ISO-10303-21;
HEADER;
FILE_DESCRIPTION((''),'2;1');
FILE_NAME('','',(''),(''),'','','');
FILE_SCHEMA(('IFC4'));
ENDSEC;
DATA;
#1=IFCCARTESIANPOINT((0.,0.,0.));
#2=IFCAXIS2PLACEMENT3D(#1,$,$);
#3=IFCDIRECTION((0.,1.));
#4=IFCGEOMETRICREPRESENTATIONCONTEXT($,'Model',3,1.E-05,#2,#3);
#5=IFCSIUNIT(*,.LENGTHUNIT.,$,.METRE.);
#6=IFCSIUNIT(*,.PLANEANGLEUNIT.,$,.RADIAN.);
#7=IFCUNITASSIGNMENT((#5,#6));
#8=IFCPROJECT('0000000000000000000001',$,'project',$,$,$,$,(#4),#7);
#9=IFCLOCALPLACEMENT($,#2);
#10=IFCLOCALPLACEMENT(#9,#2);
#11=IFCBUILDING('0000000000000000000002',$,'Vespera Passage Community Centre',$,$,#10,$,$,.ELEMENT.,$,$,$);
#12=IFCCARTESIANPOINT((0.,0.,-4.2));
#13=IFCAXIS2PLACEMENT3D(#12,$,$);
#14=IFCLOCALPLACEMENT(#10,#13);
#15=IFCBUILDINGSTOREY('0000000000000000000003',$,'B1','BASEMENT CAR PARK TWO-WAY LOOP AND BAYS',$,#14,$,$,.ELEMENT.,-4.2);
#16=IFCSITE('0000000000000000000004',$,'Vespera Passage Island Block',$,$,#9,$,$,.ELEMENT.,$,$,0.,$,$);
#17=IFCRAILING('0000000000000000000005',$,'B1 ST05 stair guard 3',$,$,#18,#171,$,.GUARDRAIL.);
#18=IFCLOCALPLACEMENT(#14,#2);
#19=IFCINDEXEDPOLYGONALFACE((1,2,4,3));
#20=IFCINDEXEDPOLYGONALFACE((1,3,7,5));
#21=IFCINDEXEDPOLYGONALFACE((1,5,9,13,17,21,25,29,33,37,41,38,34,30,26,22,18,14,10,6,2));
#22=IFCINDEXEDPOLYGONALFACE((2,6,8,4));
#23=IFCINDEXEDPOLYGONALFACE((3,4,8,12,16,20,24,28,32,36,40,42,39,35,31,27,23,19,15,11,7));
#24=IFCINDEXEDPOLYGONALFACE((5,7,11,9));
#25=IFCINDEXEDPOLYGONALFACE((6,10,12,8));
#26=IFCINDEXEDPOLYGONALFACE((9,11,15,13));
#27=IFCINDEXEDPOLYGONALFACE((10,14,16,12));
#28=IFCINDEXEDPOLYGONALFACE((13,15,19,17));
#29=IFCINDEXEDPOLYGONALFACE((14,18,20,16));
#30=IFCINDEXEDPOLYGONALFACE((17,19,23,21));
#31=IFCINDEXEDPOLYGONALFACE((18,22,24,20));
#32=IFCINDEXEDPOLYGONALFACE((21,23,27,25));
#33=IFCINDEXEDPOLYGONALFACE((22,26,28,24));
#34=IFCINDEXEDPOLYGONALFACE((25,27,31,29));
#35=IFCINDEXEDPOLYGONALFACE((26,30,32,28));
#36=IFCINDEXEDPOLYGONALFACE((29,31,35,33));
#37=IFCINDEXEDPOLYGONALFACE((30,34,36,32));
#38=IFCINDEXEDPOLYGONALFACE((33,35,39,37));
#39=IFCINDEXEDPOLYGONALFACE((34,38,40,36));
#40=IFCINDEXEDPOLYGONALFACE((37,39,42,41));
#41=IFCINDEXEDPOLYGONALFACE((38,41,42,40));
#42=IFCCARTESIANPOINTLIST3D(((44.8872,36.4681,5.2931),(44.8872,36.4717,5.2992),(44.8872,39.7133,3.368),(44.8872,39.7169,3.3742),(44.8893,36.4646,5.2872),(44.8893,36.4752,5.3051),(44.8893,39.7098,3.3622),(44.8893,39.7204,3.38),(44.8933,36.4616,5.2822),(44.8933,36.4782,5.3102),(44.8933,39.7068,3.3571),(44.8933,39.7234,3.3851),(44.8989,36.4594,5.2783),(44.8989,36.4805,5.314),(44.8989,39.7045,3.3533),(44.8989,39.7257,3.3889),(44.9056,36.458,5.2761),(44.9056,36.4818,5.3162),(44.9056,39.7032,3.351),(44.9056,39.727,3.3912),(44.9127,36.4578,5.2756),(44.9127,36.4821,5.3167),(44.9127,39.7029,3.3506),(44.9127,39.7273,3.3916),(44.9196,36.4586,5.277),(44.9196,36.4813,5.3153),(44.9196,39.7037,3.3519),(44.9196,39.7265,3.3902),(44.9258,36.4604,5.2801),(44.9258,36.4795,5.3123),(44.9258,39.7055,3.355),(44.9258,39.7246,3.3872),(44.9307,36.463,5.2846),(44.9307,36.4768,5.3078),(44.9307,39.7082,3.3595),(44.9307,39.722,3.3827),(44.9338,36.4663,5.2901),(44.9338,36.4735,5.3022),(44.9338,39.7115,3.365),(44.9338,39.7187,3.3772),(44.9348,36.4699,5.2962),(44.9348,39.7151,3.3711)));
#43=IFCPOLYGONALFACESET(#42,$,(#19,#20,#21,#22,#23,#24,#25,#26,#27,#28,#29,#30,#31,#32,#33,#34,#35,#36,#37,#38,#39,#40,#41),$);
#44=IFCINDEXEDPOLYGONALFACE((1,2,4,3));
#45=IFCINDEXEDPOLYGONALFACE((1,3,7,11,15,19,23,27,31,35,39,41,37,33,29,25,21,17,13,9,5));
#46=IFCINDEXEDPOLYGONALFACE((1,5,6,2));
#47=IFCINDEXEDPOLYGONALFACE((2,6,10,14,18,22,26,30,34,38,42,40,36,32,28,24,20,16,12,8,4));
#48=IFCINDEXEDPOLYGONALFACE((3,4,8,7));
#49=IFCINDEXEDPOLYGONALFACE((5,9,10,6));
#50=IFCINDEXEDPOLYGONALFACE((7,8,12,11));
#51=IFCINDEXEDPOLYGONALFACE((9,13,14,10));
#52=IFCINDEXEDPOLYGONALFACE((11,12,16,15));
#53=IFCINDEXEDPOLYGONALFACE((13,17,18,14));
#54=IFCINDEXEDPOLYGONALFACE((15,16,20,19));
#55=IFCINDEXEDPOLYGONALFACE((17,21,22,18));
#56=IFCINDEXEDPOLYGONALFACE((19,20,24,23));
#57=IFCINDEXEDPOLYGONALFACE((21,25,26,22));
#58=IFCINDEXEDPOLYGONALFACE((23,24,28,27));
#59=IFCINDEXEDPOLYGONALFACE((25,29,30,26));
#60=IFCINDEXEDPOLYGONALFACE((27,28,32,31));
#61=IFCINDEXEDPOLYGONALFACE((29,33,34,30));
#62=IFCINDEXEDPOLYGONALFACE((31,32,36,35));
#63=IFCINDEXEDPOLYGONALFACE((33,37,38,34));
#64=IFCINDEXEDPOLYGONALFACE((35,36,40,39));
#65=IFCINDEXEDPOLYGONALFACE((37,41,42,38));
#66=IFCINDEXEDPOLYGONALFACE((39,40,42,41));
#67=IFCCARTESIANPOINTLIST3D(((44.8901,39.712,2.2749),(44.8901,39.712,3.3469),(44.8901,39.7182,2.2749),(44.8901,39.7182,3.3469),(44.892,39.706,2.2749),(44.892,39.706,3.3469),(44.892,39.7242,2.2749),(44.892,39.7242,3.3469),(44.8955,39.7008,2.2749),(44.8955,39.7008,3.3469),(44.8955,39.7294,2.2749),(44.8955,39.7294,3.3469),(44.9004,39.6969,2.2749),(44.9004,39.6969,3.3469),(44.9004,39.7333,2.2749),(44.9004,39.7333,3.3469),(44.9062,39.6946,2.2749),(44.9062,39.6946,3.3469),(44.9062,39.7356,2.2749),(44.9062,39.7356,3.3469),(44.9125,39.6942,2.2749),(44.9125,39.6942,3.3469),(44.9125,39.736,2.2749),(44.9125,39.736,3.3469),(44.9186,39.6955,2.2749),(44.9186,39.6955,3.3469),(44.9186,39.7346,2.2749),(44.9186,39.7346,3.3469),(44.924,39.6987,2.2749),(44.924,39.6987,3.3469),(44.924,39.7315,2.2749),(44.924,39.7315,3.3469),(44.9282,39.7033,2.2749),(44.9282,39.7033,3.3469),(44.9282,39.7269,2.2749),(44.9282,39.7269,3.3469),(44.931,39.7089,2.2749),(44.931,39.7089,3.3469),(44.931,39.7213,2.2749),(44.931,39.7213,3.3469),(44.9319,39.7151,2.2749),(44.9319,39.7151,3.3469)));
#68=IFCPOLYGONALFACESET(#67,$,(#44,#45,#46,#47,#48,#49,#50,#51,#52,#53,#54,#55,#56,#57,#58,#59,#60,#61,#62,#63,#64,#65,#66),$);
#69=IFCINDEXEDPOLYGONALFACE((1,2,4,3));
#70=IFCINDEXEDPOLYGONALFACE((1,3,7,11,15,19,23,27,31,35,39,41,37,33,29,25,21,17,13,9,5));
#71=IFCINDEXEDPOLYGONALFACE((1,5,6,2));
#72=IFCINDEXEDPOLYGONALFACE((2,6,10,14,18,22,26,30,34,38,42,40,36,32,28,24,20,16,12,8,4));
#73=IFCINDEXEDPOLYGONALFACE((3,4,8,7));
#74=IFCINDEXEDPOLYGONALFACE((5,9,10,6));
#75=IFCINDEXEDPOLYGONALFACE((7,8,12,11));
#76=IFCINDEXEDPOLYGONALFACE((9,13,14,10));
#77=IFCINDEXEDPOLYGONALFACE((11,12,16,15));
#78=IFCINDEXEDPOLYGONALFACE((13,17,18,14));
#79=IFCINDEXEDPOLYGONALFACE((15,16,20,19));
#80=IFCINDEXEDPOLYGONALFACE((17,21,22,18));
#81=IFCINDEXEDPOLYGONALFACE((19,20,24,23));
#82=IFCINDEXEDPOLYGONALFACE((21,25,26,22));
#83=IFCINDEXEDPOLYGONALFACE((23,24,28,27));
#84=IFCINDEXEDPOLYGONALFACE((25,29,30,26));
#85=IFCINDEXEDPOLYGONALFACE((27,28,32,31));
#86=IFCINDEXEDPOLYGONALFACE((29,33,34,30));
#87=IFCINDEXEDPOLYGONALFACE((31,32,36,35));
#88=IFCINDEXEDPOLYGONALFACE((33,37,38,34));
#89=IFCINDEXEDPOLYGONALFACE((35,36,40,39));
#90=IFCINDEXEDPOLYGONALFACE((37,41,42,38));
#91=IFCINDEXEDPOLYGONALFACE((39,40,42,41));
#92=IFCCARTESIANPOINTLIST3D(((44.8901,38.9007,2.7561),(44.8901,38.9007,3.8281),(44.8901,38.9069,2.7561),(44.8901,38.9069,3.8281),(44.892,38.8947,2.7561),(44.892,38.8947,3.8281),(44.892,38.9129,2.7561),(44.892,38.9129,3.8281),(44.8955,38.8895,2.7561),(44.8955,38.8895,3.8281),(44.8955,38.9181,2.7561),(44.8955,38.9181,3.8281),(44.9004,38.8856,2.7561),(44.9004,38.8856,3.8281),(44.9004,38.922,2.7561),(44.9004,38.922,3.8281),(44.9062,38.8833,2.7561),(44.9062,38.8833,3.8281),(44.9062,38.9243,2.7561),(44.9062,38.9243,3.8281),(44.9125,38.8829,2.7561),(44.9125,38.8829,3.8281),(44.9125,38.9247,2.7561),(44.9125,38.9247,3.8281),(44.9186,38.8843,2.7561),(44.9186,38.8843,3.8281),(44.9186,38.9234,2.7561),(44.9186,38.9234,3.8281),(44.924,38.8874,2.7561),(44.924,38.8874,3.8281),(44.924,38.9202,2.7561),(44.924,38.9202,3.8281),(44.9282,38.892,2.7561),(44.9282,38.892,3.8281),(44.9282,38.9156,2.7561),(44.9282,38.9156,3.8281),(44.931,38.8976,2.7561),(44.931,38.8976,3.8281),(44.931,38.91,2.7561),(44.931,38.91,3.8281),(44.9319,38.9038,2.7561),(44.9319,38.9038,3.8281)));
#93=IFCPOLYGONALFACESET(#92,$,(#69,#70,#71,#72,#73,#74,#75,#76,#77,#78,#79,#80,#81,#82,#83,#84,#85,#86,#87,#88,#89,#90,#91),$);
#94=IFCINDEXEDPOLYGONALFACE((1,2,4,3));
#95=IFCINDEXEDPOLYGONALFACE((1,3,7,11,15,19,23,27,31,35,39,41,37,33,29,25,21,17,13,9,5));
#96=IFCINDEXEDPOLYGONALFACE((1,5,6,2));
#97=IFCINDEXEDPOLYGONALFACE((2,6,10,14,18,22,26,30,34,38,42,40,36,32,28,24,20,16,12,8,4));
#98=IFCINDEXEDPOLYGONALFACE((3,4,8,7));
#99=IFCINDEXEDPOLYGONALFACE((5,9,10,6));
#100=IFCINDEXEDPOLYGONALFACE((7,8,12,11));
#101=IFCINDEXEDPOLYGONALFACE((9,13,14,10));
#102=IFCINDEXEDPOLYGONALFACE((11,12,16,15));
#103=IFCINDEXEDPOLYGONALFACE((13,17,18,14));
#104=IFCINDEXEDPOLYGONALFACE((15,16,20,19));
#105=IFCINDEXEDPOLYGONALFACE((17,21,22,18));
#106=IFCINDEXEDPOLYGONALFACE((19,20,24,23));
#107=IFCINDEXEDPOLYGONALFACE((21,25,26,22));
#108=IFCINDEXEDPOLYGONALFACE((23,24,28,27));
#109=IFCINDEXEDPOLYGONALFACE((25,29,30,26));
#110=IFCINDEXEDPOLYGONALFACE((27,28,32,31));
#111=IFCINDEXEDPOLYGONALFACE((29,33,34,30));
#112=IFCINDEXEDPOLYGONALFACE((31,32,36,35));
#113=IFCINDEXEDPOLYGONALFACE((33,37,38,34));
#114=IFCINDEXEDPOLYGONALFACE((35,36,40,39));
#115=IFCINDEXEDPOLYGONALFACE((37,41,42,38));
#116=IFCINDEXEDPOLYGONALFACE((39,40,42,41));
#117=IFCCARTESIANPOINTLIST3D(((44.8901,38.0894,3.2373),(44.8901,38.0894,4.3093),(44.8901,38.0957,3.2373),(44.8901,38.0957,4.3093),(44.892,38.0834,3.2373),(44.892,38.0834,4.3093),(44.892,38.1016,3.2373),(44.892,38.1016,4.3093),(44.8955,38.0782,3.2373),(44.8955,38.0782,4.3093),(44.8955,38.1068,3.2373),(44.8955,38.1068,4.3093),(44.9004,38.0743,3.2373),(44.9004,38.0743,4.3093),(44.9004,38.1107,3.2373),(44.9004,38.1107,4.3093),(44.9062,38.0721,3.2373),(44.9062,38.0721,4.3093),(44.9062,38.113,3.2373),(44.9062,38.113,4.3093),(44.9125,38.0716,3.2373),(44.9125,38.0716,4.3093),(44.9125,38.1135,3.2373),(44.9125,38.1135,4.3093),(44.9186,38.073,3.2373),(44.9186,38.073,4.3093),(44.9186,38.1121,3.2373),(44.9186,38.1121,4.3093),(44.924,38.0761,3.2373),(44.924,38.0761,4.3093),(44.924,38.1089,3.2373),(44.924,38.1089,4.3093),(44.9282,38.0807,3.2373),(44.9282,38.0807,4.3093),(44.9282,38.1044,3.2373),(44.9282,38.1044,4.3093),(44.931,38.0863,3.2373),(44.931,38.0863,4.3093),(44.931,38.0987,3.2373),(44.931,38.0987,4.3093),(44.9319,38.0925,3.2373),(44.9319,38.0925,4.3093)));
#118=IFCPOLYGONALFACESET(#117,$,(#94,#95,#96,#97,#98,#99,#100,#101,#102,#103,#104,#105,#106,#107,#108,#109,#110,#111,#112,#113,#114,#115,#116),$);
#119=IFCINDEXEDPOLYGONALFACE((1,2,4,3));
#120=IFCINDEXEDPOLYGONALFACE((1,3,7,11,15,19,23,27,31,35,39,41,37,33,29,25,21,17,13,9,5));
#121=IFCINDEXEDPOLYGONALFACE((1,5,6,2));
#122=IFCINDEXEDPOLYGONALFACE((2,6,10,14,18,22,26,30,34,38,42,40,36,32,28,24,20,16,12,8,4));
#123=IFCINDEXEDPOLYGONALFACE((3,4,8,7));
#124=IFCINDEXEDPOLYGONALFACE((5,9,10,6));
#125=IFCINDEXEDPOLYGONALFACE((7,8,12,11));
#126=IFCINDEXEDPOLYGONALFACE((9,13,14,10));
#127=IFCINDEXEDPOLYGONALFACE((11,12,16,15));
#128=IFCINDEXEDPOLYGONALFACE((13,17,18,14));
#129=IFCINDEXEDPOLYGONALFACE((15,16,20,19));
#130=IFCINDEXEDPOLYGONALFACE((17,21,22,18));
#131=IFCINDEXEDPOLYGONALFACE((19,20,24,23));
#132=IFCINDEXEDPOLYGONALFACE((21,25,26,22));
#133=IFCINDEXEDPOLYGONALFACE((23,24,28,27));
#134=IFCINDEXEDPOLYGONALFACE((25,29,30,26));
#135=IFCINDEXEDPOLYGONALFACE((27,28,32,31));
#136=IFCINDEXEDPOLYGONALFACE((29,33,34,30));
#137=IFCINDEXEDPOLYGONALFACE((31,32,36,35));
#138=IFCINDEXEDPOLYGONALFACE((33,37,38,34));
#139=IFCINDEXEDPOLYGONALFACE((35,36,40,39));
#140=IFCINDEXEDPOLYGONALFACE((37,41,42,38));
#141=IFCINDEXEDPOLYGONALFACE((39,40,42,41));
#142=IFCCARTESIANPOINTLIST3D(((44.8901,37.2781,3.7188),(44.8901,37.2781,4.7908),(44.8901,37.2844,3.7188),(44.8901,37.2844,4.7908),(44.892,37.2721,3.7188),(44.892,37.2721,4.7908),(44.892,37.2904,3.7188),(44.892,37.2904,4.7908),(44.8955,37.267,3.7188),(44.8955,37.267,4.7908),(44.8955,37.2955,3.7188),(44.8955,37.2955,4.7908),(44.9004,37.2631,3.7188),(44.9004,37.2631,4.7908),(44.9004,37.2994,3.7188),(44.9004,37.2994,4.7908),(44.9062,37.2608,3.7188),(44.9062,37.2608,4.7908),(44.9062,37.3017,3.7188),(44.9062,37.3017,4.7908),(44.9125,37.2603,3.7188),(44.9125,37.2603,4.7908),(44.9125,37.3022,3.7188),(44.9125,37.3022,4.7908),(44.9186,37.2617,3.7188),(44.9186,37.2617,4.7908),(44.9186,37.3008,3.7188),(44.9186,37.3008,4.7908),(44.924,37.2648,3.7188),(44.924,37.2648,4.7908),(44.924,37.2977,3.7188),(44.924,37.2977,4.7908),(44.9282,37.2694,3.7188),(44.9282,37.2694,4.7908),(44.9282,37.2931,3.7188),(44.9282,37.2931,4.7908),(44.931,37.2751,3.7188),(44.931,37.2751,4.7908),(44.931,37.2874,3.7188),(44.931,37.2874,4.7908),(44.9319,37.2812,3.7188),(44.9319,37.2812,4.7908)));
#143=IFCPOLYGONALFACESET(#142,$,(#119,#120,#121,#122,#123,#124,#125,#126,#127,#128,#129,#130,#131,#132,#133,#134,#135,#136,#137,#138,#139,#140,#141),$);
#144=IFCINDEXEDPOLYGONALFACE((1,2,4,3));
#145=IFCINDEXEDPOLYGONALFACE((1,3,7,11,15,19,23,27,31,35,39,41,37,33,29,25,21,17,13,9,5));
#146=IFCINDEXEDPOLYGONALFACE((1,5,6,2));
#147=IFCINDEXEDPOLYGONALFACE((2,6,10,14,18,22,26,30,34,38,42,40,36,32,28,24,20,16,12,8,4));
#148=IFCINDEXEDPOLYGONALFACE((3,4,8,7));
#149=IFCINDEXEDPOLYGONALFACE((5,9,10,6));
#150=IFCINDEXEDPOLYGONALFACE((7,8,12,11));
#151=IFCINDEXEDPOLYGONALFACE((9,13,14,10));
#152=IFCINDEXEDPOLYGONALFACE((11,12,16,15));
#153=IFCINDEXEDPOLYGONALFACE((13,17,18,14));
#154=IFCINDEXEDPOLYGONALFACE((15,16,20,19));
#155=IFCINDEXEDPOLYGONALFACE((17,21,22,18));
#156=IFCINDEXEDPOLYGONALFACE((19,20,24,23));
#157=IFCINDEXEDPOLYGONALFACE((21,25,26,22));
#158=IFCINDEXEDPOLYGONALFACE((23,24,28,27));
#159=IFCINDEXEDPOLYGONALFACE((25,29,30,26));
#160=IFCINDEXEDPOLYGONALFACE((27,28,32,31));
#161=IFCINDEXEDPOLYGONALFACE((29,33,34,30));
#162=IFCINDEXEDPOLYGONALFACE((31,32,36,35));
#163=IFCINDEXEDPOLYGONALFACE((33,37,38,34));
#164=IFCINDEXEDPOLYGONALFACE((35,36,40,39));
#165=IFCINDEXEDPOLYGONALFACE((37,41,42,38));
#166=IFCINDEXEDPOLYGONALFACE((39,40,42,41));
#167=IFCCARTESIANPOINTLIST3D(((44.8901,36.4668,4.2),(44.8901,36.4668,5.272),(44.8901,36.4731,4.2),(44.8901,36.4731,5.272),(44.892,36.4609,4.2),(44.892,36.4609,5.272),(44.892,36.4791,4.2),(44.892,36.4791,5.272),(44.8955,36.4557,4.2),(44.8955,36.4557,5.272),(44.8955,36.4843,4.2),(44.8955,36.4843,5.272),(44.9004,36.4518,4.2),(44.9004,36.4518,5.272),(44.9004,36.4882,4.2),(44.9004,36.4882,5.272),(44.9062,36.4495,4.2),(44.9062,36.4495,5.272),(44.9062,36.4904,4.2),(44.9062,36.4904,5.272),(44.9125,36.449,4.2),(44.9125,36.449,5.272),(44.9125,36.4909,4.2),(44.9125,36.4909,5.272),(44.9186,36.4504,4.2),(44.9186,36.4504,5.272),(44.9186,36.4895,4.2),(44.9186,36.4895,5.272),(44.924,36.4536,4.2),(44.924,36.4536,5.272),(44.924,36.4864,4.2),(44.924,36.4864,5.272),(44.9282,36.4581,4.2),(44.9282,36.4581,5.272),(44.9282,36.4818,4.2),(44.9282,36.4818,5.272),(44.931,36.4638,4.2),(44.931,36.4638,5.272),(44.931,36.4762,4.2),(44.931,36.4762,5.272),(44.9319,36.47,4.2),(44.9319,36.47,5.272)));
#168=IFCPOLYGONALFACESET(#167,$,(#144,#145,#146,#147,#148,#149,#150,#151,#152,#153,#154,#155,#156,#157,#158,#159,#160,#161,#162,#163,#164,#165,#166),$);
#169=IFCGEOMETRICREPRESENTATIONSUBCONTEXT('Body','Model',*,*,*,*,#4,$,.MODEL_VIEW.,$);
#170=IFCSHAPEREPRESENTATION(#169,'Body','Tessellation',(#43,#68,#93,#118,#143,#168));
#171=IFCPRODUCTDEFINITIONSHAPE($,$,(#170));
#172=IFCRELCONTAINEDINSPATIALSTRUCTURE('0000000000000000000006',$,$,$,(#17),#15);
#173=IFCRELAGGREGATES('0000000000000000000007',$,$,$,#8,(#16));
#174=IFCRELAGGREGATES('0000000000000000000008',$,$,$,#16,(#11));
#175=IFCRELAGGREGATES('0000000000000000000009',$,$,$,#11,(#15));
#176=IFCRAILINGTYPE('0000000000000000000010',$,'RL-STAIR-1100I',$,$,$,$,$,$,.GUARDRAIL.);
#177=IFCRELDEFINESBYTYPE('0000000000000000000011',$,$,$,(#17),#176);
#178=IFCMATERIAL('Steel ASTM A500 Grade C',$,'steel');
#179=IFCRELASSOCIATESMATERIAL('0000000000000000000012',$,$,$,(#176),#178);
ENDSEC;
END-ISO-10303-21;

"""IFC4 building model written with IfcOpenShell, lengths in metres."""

from ifc_helpers import new_model, si_unit, direction, frame, origin, origin_2d, place, context, subcontext, project, spatial, circle, extrude, material, type_object, element, save


model = new_model("IFC4")

# Units and contexts
model_context = context("Model", 3, precision=1e-05, world=origin(), true_north=direction((0.0, 1.0)))
body_context = subcontext(model_context, "Body", "Model", "MODEL_VIEW")
ifc_project = project(units=[si_unit("LENGTHUNIT", "METRE"), si_unit("PLANEANGLEUNIT", "RADIAN")], contexts=[model_context])

# Site, building, storey
site_placement = place(None, origin())
site = spatial("IfcSite", under=ifc_project, at=site_placement, Name="Vespera Passage Island Block", CompositionType="ELEMENT", RefElevation=0.0)
building_placement = place(site_placement, origin())
building = spatial("IfcBuilding", under=site, at=building_placement, Name="Vespera Passage Community Centre", CompositionType="ELEMENT")
storey_placement = place(building_placement, frame((0.0, 0.0, -4.2)))
storey = spatial("IfcBuildingStorey", under=building, at=storey_placement, Name="B1", Description="BASEMENT CAR PARK TWO-WAY LOOP AND BAYS", CompositionType="ELEMENT", Elevation=-4.2)

# Railing
ifc_material_1 = material(Name="Steel ASTM A500 Grade C", Category="steel")
railing_type_1 = type_object("IfcRailingType", Name="RL-STAIR-1100I", PredefinedType="GUARDRAIL", material=ifc_material_1)
railing_1_placement = place(storey_placement, frame((44.9109, 39.7151, 2.2749)))
element("IfcRailing", 1, at=railing_1_placement, inside=storey, type_object=railing_type_1, Name="B1 ST05 stair guard 3", PredefinedType="GUARDRAIL", context=body_context, shape_type="SweptSolid", body=[
    extrude(circle(Radius=0.0239, at=origin_2d()), frame((0.0, 0.0, 1.0962), z_axis=(0.0, -0.860057, 0.510198), x_axis=(1.0, 0.0, 0.0)), (0.0, 0.0, 1.0), 3.7732),
    extrude(circle(Radius=0.021, at=origin_2d()), origin(), (0.0, 0.0, 1.0), 1.072),
    extrude(circle(Radius=0.021, at=origin_2d()), frame((0.0, -0.8113, 0.4812)), (0.0, 0.0, 1.0), 1.072),
    extrude(circle(Radius=0.021, at=origin_2d()), frame((0.0, -1.6226, 0.9624)), (0.0, 0.0, 1.0), 1.072),
    extrude(circle(Radius=0.021, at=origin_2d()), frame((0.0, -2.4338, 1.4438)), (0.0, 0.0, 1.0), 1.072),
    extrude(circle(Radius=0.021, at=origin_2d()), frame((0.0, -3.2451, 1.925)), (0.0, 0.0, 1.0), 1.072),
])

save(model, "model.ifc")
